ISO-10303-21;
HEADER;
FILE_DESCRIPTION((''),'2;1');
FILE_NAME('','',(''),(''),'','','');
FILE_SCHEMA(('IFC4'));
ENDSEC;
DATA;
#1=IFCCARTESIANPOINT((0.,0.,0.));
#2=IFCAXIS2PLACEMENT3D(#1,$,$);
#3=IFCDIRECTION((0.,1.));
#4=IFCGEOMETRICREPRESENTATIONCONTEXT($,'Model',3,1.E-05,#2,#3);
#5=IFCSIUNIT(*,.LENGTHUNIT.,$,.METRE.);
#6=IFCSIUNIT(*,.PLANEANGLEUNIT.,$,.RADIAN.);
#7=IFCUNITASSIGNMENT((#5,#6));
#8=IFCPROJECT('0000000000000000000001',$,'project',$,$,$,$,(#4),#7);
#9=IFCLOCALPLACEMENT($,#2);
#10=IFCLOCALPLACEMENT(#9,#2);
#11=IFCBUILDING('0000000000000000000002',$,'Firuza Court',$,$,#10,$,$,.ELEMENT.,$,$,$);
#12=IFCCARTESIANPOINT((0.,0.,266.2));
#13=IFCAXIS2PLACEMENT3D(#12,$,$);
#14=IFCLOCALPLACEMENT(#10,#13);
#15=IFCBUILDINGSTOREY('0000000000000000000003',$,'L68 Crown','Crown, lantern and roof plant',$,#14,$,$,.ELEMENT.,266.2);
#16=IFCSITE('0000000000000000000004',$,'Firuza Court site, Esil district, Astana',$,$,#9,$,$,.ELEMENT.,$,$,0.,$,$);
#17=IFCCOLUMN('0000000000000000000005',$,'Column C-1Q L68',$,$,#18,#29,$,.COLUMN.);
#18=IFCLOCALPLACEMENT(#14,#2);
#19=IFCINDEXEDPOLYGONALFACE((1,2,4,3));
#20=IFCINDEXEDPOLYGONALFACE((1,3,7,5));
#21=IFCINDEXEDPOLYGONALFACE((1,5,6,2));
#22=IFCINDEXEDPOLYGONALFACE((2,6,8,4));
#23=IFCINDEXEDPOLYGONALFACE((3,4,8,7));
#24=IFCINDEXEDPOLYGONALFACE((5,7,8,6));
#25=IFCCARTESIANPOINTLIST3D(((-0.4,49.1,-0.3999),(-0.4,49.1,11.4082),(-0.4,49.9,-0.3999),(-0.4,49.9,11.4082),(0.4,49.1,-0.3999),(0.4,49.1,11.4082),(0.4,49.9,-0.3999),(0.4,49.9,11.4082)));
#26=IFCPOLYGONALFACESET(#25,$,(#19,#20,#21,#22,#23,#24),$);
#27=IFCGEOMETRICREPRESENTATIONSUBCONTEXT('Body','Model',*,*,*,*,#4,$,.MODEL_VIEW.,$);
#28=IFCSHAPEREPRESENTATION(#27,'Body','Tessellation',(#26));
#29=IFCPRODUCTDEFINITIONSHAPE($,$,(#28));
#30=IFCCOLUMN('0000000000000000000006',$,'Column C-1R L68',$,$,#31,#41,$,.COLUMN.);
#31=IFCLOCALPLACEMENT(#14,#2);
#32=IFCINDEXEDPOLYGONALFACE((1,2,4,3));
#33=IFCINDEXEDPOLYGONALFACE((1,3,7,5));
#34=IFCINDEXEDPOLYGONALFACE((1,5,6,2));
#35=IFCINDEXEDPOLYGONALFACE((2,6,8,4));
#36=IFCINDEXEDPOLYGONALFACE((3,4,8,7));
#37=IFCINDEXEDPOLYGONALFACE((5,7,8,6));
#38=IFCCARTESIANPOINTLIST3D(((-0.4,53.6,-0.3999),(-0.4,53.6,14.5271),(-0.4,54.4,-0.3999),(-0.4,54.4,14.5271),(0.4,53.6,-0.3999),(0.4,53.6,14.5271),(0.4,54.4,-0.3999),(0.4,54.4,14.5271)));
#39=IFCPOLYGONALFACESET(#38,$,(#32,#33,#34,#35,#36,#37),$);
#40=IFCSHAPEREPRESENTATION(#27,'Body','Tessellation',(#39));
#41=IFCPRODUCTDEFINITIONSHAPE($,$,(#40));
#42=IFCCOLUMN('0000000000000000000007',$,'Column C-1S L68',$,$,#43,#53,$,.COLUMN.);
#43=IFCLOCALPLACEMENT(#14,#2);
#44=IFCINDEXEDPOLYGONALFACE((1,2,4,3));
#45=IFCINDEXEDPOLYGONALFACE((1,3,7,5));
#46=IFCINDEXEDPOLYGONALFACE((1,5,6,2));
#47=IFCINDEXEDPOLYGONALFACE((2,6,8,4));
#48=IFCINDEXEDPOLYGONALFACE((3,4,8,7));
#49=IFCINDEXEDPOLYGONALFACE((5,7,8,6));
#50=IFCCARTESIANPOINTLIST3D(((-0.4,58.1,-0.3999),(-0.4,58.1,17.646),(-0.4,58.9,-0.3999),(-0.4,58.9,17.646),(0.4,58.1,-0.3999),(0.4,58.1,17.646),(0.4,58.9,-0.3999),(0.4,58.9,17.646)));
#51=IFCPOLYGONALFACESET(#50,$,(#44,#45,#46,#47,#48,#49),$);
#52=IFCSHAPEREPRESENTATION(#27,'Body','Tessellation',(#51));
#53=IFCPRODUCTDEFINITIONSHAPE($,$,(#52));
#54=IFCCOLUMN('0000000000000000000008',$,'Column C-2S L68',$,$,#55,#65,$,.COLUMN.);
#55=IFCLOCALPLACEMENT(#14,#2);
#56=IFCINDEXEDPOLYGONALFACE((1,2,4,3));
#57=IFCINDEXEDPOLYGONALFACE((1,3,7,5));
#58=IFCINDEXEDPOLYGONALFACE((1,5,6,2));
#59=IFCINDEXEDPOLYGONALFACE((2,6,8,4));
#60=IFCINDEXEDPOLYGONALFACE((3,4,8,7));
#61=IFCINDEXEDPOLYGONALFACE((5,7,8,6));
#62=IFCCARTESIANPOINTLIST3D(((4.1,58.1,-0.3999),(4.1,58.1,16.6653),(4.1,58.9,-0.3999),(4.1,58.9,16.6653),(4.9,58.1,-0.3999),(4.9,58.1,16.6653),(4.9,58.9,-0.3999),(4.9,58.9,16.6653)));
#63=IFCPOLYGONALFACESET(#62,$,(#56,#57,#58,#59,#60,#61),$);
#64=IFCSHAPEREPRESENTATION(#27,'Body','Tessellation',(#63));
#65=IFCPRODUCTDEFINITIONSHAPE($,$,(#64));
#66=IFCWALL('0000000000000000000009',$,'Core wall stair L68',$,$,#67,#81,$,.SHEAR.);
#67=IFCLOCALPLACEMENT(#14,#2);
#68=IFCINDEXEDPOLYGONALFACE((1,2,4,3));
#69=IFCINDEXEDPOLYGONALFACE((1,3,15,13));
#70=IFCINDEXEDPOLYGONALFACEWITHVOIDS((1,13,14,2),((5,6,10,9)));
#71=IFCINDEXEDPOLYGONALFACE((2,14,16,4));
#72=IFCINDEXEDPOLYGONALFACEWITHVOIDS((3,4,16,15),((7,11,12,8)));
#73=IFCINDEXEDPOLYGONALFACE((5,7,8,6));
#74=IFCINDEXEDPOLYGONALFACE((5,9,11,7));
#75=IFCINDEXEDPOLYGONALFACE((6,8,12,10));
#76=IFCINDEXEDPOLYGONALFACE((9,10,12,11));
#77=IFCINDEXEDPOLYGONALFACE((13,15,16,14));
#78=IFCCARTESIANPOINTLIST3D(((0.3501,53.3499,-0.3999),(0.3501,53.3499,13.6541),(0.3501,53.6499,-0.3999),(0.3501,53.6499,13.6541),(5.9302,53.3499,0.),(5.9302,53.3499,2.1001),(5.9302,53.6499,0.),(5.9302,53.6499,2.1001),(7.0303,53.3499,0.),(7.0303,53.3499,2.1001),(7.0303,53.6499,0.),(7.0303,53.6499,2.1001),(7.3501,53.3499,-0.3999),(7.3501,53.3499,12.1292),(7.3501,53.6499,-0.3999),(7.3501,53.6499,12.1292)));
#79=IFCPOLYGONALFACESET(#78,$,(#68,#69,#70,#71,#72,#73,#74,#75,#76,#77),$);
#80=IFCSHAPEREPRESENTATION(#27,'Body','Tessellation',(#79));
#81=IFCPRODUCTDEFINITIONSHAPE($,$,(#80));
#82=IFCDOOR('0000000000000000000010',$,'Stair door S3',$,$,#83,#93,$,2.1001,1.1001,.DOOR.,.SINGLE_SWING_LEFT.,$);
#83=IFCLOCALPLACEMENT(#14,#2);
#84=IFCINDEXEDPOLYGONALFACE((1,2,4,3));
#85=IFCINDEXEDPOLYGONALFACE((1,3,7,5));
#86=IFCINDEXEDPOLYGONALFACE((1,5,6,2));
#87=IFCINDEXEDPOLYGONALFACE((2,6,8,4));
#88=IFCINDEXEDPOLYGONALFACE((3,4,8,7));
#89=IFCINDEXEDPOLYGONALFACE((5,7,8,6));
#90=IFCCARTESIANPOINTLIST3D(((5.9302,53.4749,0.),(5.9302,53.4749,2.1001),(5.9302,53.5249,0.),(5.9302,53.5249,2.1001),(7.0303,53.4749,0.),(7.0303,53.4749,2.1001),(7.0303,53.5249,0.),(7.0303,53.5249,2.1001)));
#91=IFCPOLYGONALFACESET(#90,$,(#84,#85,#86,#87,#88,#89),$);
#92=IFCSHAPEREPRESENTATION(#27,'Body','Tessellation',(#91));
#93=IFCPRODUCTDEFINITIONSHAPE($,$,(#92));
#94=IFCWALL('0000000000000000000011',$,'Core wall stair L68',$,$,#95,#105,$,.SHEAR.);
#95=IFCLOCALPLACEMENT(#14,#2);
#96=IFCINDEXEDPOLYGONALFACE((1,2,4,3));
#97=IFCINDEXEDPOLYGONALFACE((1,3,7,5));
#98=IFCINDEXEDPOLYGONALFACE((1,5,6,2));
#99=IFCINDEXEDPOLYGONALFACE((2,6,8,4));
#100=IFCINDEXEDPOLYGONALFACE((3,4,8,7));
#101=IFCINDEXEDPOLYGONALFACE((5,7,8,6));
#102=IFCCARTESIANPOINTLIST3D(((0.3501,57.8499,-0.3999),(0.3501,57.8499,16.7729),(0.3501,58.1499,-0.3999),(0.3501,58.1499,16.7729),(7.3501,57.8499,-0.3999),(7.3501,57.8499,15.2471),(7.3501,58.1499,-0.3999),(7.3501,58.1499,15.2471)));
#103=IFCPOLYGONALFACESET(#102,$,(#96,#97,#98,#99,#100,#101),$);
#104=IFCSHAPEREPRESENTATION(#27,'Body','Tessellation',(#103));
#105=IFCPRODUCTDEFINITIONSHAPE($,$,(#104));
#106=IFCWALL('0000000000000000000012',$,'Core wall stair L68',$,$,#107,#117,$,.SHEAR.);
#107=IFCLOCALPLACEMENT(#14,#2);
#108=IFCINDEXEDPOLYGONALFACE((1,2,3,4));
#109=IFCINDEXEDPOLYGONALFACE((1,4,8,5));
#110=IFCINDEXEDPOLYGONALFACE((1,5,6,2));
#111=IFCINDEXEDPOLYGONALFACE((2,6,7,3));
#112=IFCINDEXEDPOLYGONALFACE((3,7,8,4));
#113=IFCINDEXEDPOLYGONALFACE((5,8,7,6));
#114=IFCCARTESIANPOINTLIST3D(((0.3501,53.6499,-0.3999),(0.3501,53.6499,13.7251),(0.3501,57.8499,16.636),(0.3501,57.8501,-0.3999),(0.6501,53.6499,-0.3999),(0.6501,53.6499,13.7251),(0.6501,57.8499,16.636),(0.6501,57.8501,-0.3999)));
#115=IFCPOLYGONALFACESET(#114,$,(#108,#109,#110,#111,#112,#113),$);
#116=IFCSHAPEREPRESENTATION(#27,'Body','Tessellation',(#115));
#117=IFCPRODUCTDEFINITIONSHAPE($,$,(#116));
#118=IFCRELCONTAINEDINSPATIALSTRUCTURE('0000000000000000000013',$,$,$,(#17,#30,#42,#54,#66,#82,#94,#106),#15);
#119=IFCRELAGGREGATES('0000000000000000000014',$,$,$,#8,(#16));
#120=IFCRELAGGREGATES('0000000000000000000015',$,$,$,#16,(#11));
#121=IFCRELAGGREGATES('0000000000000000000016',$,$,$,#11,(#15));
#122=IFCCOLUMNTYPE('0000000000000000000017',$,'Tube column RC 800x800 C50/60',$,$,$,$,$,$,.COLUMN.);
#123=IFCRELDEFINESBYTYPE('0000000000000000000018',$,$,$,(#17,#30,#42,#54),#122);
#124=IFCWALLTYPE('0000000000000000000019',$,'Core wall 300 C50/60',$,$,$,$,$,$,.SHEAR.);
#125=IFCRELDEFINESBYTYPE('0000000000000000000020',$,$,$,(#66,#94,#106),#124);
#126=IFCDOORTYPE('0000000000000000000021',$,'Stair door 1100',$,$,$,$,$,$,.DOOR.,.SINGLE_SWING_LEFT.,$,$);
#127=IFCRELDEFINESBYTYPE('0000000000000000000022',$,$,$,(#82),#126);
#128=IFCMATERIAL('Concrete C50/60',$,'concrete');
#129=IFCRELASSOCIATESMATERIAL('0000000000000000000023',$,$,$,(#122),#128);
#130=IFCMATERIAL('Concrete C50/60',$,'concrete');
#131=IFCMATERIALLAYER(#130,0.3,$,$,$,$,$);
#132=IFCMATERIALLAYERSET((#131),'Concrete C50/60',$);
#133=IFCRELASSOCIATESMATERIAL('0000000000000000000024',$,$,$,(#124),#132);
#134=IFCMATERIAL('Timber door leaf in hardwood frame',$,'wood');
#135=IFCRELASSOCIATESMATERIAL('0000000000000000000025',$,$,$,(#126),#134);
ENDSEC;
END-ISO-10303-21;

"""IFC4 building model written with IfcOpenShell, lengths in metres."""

from ifc_helpers import new_model, si_unit, direction, frame, frame_2d, origin, origin_2d, place, context, subcontext, project, spatial, polyline, rectangle, outline, extrude, material, layer, layer_set, material_profile, profile_set, type_object, element, fill, save


model = new_model("IFC4")

# Units and contexts
model_context = context("Model", 3, precision=1e-05, world=origin(), true_north=direction((0.0, 1.0)))
body_context = subcontext(model_context, "Body", "Model", "MODEL_VIEW")
ifc_project = project(units=[si_unit("LENGTHUNIT", "METRE"), si_unit("PLANEANGLEUNIT", "RADIAN")], contexts=[model_context])

# Site, building, storey
site_placement = place(None, origin())
site = spatial("IfcSite", under=ifc_project, at=site_placement, Name="Firuza Court site, Esil district, Astana", CompositionType="ELEMENT", RefElevation=0.0)
building_placement = place(site_placement, origin())
building = spatial("IfcBuilding", under=site, at=building_placement, Name="Firuza Court", CompositionType="ELEMENT")
storey_placement = place(building_placement, frame((0.0, 0.0, 266.2)))
storey = spatial("IfcBuildingStorey", under=building, at=storey_placement, Name="L68 Crown", Description="Crown, lantern and roof plant", CompositionType="ELEMENT", Elevation=266.2)

# Columns
ifc_material_1 = material(Name="Concrete C50/60", Category="concrete")
ifc_material_profile = material_profile(ifc_material_1, rectangle(XDim=0.8, YDim=0.8, at=origin_2d()), Name="RC 800x800")
ifc_profile_set = profile_set([ifc_material_profile], Name="Concrete C50/60")
column_type = type_object("IfcColumnType", Name="Tube column RC 800x800 C50/60", PredefinedType="COLUMN", material=ifc_profile_set)
column_1_placement = place(storey_placement, frame((0.0, 49.5, -0.3999), z_axis=(0.0, 0.0, 1.0), x_axis=(1.0, 0.0, 0.0)))
element("IfcColumn", 1, at=column_1_placement, inside=storey, type_object=column_type, Name="Column C-1Q L68", PredefinedType="COLUMN", context=body_context, shape_type="SweptSolid", body=[
    extrude(rectangle(XDim=0.8, YDim=0.8, at=origin_2d()), origin(), (0.0, 0.0, 1.0), 11.8081),
])
column_2_placement = place(storey_placement, frame((0.0, 54.0, -0.3999), z_axis=(0.0, 0.0, 1.0), x_axis=(1.0, 0.0, 0.0)))
element("IfcColumn", 2, at=column_2_placement, inside=storey, type_object=column_type, Name="Column C-1R L68", PredefinedType="COLUMN", context=body_context, shape_type="SweptSolid", body=[
    extrude(rectangle(XDim=0.8, YDim=0.8, at=origin_2d()), origin(), (0.0, 0.0, 1.0), 14.927),
])
column_3_placement = place(storey_placement, frame((0.0, 58.5, -0.3999), z_axis=(0.0, 0.0, 1.0), x_axis=(1.0, 0.0, 0.0)))
element("IfcColumn", 3, at=column_3_placement, inside=storey, type_object=column_type, Name="Column C-1S L68", PredefinedType="COLUMN", context=body_context, shape_type="SweptSolid", body=[
    extrude(rectangle(XDim=0.8, YDim=0.8, at=origin_2d()), origin(), (0.0, 0.0, 1.0), 18.0459),
])
column_4_placement = place(storey_placement, frame((4.5, 58.5, -0.3999), z_axis=(0.0, 0.0, 1.0), x_axis=(1.0, 0.0, 0.0)))
element("IfcColumn", 4, at=column_4_placement, inside=storey, type_object=column_type, Name="Column C-2S L68", PredefinedType="COLUMN", context=body_context, shape_type="SweptSolid", body=[
    extrude(rectangle(XDim=0.8, YDim=0.8, at=origin_2d()), origin(), (0.0, 0.0, 1.0), 17.0652),
])

# Wall, opening, door
ifc_material_2 = material(Name="Concrete C50/60", Category="concrete")
ifc_layer_1 = layer(ifc_material_2, 0.3)
ifc_layer_set_1 = layer_set([ifc_layer_1], Name="Concrete C50/60")
wall_type_1 = type_object("IfcWallType", Name="Core wall 300 C50/60", PredefinedType="SHEAR", material=ifc_layer_set_1)
wall_1_placement = place(storey_placement, frame((0.3501, 53.5, -0.3999), z_axis=(0.0, 0.0, 1.0), x_axis=(1.0, 0.0, 0.0)))
wall_1 = element("IfcWall", 5, at=wall_1_placement, inside=storey, type_object=wall_type_1, Name="Core wall stair L68", PredefinedType="SHEAR", context=body_context, shape_type="SweptSolid", body=[
    extrude(outline(polyline([(0.0, 0.0), (7.0, 0.0), (7.0, 12.5291), (0.0, 14.054), (0.0, 0.0)])), frame((0.0, 0.1499, 0.0), z_axis=(0.0, -1.0, 0.0), x_axis=(1.0, 0.0, 0.0)), (0.0, 0.0, 1.0), 0.3),
])
opening_1_placement = place(wall_1_placement, frame((5.5801, 0.0, 0.3999)))
opening_1 = element("IfcOpeningElement", 6, at=opening_1_placement, cuts=wall_1, PredefinedType="OPENING", context=body_context, shape_type="SweptSolid", body=[
    extrude(rectangle(XDim=1.1001, YDim=2.1001, at=frame_2d((0.55, 1.05))), frame((0.0, 0.1621, 0.0), z_axis=(0.0, -1.0, 0.0), x_axis=(1.0, 0.0, 0.0)), (0.0, 0.0, 1.0), 0.324),
])
ifc_material_3 = material(Name="Timber door leaf in hardwood frame", Category="wood")
door_type = type_object("IfcDoorType", Name="Stair door 1100", OperationType="SINGLE_SWING_LEFT", PredefinedType="DOOR", material=ifc_material_3)
door_placement = place(opening_1_placement, origin())
door = element("IfcDoor", 7, at=door_placement, inside=storey, type_object=door_type, Name="Stair door S3", OperationType="SINGLE_SWING_LEFT", OverallHeight=2.1001, OverallWidth=1.1001, PredefinedType="DOOR", context=body_context, shape_type="SweptSolid", body=[
    extrude(rectangle(XDim=1.1001, YDim=2.1001, at=frame_2d((0.55, 1.05))), frame((0.0, 0.0249, 0.0), z_axis=(0.0, -1.0, 0.0), x_axis=(1.0, 0.0, 0.0)), (0.0, 0.0, 1.0), 0.05),
])
fill(opening_1, door)

# Walls
wall_2_placement = place(storey_placement, frame((0.3501, 58.0, -0.3999), z_axis=(0.0, 0.0, 1.0), x_axis=(1.0, 0.0, 0.0)))
element("IfcWall", 8, at=wall_2_placement, inside=storey, type_object=wall_type_1, Name="Core wall stair L68", PredefinedType="SHEAR", context=body_context, shape_type="SweptSolid", body=[
    extrude(outline(polyline([(0.0, 0.0), (7.0, 0.0), (7.0, 15.647), (0.0, 17.1729), (0.0, 0.0)])), frame((0.0, 0.1499, 0.0), z_axis=(0.0, -1.0, 0.0), x_axis=(1.0, 0.0, 0.0)), (0.0, 0.0, 1.0), 0.3),
])
wall_3_placement = place(storey_placement, frame((0.5, 53.6499, -0.3999), z_axis=(0.0, 0.0, 1.0), x_axis=(0.0, 1.0, 0.0)))
element("IfcWall", 9, at=wall_3_placement, inside=storey, type_object=wall_type_1, Name="Core wall stair L68", PredefinedType="SHEAR", context=body_context, shape_type="SweptSolid", body=[
    extrude(outline(polyline([(0.0, 0.0), (4.2002, 0.0), (4.2, 17.0359), (0.0, 14.125), (0.0, 0.0)])), frame((0.0, 0.1499, 0.0), z_axis=(0.0, -1.0, 0.0), x_axis=(1.0, 0.0, 0.0)), (0.0, 0.0, 1.0), 0.3),
])

save(model, "model.ifc")
